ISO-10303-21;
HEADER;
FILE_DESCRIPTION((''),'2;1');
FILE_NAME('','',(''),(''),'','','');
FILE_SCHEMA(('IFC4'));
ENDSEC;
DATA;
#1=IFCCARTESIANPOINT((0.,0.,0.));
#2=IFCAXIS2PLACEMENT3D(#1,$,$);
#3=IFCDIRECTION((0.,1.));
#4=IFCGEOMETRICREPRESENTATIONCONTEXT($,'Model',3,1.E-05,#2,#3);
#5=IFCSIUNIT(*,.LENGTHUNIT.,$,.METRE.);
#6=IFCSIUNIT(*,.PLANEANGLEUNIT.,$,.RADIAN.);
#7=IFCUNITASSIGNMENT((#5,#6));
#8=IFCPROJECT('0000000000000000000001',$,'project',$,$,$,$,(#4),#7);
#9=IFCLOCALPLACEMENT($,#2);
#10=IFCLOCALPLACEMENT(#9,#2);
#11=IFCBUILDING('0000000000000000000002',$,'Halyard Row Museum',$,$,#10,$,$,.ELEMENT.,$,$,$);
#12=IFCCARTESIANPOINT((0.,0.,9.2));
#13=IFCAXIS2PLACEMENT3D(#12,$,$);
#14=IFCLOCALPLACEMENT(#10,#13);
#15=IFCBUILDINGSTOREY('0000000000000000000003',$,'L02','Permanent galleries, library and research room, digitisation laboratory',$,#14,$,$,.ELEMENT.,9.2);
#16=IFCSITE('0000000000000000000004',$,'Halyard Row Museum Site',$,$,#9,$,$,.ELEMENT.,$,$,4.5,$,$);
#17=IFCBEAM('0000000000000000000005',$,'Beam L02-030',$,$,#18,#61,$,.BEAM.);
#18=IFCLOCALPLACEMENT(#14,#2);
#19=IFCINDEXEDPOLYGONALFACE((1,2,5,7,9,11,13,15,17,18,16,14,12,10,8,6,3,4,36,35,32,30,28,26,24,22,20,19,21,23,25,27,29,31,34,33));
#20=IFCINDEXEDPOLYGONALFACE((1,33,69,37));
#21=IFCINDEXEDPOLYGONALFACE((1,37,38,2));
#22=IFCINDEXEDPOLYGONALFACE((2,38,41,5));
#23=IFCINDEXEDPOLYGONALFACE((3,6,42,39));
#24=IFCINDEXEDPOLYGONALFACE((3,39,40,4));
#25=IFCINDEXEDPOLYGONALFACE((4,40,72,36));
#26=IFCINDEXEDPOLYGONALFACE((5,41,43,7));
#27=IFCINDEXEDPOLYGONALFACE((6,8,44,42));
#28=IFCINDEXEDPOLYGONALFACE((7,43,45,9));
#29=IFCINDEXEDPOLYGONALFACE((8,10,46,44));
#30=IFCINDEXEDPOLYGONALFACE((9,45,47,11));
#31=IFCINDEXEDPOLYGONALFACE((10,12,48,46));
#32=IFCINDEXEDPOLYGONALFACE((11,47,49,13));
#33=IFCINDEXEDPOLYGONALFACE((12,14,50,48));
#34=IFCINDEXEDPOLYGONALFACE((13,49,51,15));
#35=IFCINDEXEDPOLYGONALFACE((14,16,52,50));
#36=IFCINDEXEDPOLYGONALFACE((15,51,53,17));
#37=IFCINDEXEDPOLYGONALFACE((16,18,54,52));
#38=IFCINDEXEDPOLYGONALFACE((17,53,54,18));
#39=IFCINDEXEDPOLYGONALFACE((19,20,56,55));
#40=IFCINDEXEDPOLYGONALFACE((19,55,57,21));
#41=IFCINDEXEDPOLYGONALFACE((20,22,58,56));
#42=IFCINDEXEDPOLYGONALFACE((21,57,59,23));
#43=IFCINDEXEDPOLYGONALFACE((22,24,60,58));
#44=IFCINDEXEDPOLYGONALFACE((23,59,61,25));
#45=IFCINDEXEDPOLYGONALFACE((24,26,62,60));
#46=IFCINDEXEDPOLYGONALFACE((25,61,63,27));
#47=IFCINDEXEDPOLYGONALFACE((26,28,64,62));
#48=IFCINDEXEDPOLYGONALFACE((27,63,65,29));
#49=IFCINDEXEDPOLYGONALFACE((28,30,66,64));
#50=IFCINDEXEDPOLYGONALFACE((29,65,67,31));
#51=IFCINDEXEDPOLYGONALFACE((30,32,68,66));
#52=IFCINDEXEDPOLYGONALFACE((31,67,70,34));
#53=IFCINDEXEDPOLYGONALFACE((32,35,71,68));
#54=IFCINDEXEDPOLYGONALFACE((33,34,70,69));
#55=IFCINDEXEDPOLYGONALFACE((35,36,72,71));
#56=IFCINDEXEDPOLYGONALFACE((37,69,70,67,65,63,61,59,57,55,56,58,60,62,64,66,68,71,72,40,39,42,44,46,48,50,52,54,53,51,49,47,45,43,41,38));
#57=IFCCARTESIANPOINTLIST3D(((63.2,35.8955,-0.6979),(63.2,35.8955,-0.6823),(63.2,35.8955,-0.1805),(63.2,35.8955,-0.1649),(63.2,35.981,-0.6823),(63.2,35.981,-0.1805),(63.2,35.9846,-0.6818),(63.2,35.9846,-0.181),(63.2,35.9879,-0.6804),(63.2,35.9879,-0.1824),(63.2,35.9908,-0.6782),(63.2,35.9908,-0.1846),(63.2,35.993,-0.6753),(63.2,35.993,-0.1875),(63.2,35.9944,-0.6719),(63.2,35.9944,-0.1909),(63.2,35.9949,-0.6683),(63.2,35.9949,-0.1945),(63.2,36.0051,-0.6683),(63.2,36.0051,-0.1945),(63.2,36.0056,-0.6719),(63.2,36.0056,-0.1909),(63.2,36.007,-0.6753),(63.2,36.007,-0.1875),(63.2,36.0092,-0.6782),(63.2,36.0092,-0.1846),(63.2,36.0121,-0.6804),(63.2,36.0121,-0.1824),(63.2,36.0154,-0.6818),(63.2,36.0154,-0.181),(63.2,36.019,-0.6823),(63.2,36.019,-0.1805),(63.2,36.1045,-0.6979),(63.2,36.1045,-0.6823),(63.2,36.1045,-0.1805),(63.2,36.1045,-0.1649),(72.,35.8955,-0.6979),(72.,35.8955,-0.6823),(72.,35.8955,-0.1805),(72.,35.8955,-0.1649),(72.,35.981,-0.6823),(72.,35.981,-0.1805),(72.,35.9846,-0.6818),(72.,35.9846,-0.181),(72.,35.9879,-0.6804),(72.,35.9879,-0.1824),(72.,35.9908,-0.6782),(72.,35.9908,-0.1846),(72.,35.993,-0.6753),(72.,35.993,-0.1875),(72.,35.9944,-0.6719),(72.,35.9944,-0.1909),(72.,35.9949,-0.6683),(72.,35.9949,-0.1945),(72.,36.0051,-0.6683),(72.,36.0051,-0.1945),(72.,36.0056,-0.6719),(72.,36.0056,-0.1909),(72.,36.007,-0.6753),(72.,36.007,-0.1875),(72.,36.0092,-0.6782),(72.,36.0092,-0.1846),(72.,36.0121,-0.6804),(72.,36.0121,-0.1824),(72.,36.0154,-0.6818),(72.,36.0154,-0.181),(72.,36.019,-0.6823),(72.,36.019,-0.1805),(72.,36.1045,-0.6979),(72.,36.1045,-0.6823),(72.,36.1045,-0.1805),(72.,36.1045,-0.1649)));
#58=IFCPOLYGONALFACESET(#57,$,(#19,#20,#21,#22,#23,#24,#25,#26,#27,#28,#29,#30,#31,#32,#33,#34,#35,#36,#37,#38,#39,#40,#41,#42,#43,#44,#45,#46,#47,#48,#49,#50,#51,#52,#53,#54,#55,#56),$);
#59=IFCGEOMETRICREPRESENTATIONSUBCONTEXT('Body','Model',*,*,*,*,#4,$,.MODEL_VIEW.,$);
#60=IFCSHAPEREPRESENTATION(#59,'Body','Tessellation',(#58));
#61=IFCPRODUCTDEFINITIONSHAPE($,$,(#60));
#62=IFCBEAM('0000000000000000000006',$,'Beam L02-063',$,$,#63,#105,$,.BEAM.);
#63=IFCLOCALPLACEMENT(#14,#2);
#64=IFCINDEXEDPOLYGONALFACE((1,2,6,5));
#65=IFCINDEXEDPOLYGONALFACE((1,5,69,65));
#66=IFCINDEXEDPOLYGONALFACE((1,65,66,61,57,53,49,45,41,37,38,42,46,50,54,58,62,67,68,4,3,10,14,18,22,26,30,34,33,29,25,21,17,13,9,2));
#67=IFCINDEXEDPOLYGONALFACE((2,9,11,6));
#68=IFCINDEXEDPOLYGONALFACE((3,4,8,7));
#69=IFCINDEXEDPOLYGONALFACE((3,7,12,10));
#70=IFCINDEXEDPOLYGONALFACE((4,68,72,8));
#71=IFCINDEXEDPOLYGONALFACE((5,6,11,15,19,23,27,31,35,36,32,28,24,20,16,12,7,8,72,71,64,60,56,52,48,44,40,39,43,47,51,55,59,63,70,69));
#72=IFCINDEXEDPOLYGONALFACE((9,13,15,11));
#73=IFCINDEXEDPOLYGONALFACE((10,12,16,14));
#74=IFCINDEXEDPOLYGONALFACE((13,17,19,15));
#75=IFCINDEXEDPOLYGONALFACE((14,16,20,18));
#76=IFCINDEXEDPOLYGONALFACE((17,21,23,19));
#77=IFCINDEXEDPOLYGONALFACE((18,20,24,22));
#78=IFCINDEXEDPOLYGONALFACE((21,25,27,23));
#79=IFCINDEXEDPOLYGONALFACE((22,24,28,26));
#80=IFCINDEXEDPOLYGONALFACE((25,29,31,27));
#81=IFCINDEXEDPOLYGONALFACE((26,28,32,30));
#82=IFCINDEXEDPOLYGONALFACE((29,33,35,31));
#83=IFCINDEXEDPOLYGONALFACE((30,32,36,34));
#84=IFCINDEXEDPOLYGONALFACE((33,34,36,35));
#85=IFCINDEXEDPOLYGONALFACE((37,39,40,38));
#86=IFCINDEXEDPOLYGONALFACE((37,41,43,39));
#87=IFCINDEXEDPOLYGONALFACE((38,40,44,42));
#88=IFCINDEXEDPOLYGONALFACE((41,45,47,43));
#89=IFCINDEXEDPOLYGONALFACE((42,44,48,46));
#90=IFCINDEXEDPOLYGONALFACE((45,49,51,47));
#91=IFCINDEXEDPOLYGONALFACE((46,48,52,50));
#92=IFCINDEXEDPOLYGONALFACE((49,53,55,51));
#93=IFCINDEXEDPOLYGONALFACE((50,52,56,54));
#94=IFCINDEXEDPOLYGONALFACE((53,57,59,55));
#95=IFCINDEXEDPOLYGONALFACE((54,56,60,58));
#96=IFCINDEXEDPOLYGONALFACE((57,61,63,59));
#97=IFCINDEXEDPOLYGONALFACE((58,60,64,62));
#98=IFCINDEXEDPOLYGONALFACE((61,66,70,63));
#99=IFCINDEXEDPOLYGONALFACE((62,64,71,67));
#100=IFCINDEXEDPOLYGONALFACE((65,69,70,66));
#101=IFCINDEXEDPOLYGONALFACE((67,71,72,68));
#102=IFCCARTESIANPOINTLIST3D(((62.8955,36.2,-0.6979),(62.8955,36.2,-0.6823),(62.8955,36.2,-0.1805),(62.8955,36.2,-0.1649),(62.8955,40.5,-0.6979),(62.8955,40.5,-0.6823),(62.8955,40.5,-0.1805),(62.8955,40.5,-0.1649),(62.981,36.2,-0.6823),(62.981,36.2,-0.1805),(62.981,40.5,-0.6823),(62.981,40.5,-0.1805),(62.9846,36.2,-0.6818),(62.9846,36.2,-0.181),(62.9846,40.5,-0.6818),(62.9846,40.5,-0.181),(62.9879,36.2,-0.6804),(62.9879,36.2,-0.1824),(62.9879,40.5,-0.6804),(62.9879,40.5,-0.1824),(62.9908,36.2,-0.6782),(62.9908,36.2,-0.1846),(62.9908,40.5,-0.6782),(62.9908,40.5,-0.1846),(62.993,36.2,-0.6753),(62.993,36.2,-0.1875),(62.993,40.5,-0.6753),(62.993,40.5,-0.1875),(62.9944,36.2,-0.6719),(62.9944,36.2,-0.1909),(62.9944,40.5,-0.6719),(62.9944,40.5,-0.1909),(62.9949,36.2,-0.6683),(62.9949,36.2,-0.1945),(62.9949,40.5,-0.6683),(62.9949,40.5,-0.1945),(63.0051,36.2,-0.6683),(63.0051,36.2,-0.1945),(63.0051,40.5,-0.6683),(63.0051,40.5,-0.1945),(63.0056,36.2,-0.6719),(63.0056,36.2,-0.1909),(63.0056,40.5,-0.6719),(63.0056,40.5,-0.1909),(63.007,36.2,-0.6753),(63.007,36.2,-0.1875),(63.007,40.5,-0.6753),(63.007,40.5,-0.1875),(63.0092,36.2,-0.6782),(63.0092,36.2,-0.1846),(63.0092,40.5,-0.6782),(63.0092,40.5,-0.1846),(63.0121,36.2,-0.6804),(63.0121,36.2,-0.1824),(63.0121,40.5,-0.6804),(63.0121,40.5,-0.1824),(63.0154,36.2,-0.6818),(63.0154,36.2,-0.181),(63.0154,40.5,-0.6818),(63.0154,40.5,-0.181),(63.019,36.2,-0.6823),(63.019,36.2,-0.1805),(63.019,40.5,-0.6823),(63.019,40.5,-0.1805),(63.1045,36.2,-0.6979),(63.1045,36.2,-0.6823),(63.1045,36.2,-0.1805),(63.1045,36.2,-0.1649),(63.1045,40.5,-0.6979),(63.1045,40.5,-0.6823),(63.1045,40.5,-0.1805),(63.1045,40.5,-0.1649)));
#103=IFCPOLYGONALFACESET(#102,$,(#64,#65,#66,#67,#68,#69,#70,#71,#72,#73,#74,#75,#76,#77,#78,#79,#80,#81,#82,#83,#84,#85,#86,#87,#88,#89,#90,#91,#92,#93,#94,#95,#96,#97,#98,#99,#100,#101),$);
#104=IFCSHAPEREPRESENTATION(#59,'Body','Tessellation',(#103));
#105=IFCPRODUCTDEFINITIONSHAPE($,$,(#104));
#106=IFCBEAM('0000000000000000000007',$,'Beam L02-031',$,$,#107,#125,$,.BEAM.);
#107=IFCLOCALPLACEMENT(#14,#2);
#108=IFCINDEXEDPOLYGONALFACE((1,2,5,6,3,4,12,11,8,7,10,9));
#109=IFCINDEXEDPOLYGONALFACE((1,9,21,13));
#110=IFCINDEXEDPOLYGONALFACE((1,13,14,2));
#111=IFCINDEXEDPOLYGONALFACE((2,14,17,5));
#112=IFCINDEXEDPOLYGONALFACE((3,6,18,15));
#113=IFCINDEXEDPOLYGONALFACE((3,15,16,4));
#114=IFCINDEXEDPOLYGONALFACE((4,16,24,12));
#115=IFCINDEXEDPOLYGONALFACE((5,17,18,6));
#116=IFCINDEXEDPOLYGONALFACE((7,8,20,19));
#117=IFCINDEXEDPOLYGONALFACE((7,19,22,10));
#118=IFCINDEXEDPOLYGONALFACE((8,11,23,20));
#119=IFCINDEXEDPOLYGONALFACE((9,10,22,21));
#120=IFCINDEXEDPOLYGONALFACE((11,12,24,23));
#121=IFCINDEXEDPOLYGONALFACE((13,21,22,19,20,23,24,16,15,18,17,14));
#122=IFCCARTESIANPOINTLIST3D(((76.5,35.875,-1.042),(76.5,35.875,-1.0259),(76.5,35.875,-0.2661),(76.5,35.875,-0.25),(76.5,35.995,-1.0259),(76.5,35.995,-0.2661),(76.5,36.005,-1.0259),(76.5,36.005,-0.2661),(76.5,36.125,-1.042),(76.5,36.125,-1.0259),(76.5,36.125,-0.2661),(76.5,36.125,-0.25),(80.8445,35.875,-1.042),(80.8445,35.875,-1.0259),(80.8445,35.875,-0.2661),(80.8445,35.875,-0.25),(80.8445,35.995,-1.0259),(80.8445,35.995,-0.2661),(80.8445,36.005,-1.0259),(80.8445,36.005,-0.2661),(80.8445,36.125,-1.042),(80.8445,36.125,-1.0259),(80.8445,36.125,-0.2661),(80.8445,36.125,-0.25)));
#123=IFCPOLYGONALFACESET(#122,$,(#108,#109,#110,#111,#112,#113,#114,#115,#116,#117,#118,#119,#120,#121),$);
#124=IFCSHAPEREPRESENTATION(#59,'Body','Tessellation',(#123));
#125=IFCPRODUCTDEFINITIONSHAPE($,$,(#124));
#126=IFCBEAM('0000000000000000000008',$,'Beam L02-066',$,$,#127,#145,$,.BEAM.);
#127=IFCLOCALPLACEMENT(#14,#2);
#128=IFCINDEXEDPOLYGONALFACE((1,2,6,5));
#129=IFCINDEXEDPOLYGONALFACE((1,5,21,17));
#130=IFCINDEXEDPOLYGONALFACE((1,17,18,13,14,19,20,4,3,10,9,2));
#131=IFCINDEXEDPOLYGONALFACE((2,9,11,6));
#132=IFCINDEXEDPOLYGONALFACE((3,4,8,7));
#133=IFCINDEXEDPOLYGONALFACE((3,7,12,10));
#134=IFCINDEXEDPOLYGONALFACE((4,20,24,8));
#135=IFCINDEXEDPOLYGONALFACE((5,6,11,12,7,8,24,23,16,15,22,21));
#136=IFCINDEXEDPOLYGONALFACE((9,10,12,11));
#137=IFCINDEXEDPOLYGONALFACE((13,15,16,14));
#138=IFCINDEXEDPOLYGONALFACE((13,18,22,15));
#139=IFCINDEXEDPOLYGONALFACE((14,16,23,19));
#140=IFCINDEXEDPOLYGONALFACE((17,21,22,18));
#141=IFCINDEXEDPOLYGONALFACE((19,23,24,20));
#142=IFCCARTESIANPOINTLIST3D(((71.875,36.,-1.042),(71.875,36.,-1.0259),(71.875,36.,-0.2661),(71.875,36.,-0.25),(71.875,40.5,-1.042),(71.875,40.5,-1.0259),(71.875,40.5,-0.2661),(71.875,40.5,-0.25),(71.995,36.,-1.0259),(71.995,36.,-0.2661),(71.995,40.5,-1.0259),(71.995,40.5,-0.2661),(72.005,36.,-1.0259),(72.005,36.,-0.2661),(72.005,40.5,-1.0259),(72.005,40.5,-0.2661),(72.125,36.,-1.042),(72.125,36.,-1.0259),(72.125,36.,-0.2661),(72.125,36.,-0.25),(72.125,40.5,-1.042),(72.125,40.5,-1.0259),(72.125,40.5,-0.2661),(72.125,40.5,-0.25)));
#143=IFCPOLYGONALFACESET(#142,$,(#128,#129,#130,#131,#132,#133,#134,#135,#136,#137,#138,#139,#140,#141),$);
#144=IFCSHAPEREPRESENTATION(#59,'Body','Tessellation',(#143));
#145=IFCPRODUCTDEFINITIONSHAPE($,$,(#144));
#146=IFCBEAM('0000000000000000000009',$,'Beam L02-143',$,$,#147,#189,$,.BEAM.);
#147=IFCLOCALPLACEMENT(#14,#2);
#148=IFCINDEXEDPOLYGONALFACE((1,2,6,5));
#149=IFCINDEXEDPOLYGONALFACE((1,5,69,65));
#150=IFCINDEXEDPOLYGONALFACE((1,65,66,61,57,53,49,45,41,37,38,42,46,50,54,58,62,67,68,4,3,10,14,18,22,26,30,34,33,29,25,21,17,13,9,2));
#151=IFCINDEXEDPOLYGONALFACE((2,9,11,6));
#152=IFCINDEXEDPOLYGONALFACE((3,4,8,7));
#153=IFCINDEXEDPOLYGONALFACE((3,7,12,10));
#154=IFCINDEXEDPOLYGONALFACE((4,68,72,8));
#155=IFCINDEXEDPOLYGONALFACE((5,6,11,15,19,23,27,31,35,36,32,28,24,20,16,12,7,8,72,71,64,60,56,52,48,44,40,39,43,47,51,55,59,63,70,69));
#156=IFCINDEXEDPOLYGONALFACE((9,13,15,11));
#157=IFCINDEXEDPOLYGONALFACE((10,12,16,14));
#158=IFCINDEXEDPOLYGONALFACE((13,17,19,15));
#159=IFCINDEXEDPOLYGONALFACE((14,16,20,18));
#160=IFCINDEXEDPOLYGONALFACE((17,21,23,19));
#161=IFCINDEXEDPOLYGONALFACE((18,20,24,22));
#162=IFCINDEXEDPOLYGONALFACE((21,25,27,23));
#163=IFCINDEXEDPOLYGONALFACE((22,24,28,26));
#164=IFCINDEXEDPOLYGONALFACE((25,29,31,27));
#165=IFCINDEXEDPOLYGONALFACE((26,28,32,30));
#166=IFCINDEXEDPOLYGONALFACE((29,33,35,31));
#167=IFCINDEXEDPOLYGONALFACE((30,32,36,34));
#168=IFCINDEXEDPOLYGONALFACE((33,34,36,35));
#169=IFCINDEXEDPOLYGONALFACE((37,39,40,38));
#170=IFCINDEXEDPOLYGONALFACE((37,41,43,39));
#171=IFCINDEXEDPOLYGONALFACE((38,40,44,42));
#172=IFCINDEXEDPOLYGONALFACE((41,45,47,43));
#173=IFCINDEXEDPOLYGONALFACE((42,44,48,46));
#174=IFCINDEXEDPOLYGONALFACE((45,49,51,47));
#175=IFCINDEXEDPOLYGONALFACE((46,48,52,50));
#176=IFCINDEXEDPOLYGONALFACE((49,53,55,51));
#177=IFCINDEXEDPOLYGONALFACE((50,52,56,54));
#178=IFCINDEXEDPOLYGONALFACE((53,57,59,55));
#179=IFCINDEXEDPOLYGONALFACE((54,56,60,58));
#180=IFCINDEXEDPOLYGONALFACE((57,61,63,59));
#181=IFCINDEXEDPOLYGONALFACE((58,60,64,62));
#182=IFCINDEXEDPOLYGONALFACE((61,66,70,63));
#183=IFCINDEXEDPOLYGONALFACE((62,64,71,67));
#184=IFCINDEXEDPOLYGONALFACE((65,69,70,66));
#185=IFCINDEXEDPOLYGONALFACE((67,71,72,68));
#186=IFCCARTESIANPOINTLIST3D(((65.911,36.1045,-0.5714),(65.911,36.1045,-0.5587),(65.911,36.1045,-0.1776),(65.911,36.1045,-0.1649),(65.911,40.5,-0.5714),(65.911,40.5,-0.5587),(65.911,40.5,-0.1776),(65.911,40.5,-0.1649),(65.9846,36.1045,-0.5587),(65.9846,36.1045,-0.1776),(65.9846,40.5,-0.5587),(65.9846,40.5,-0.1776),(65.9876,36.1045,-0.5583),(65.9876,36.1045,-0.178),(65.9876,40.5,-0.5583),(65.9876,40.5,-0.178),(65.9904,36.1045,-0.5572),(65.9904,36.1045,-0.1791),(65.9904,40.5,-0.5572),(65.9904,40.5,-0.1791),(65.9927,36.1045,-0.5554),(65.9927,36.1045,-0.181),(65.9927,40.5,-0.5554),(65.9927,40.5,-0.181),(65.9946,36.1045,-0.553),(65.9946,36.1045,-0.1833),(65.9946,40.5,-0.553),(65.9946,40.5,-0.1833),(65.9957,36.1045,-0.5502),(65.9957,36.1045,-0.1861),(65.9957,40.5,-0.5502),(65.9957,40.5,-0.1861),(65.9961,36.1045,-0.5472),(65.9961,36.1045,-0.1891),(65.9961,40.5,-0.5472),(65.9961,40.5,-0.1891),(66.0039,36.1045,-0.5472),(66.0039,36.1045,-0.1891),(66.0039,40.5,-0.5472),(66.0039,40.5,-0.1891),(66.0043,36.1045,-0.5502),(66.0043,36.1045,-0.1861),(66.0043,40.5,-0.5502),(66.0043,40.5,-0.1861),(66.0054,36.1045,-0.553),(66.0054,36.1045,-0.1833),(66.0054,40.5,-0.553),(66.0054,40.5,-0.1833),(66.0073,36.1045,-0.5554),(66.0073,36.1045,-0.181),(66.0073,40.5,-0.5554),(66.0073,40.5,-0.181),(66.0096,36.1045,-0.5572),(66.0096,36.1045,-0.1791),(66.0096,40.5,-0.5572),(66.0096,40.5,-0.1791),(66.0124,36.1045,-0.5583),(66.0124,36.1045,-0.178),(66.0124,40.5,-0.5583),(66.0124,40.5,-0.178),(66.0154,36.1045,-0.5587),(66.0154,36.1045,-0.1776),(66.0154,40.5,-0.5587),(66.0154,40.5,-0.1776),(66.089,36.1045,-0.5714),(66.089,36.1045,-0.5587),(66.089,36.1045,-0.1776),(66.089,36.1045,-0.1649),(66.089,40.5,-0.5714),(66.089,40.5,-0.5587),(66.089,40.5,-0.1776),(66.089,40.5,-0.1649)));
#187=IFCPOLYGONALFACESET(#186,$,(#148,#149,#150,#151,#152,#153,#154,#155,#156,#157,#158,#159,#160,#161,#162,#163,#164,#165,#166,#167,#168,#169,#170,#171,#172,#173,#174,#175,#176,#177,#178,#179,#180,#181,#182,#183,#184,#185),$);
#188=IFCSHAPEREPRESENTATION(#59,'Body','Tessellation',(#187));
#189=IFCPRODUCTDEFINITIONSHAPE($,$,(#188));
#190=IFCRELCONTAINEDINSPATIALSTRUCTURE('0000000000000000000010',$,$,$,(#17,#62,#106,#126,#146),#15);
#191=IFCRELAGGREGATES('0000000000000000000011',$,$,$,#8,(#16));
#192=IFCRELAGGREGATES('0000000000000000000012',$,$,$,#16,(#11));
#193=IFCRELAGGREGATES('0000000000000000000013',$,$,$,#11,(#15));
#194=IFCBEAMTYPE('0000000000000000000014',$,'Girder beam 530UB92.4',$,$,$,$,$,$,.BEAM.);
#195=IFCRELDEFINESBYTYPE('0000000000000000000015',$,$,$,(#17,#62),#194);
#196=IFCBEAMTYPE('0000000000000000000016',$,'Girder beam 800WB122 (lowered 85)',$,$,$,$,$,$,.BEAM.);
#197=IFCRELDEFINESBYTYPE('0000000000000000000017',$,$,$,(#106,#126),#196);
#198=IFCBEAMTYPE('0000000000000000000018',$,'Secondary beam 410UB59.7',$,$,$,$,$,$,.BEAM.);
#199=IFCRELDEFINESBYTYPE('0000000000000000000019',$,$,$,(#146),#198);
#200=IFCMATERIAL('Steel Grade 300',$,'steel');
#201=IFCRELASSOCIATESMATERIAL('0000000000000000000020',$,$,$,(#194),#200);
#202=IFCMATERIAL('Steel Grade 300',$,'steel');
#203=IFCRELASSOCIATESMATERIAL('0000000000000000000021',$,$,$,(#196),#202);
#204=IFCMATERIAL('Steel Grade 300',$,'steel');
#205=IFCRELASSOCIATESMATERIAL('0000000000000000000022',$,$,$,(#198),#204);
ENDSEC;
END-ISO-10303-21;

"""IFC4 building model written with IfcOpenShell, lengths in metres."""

from ifc_helpers import new_model, si_unit, direction, frame, origin, origin_2d, place, context, subcontext, project, spatial, i_section, extrude, material, material_profile, profile_set, type_object, element, save


model = new_model("IFC4")

# Units and contexts
model_context = context("Model", 3, precision=1e-05, world=origin(), true_north=direction((0.0, 1.0)))
body_context = subcontext(model_context, "Body", "Model", "MODEL_VIEW")
ifc_project = project(units=[si_unit("LENGTHUNIT", "METRE"), si_unit("PLANEANGLEUNIT", "RADIAN")], contexts=[model_context])

# Site, building, storey
site_placement = place(None, origin())
site = spatial("IfcSite", under=ifc_project, at=site_placement, Name="Halyard Row Museum Site", CompositionType="ELEMENT", RefElevation=4.5)
building_placement = place(site_placement, origin())
building = spatial("IfcBuilding", under=site, at=building_placement, Name="Halyard Row Museum", CompositionType="ELEMENT")
storey_placement = place(building_placement, frame((0.0, 0.0, 9.2)))
storey = spatial("IfcBuildingStorey", under=building, at=storey_placement, Name="L02", Description="Permanent galleries, library and research room, digitisation laboratory", CompositionType="ELEMENT", Elevation=9.2)

# Beams
ifc_material_1 = material(Name="Steel Grade 300", Category="steel")
ifc_material_profile_1 = material_profile(ifc_material_1, i_section(OverallWidth=0.209, OverallDepth=0.533, WebThickness=0.0103, FlangeThickness=0.0156, FilletRadius=0.0139, at=origin_2d()), Name="530UB92.4")
ifc_profile_set_1 = profile_set([ifc_material_profile_1], Name="Steel Grade 300")
beam_type_1 = type_object("IfcBeamType", Name="Girder beam 530UB92.4", PredefinedType="BEAM", material=ifc_profile_set_1)
beam_1_placement = place(storey_placement, frame((63.2, 36.0, -0.4314), z_axis=(1.0, 0.0, 0.0), x_axis=(0.0, 1.0, 0.0)))
element("IfcBeam", 1, at=beam_1_placement, inside=storey, type_object=beam_type_1, Name="Beam L02-030", PredefinedType="BEAM", context=body_context, shape_type="SweptSolid", body=[
    extrude(i_section(OverallWidth=0.209, OverallDepth=0.533, WebThickness=0.0103, FlangeThickness=0.0156, FilletRadius=0.0139, at=origin_2d()), origin(), (0.0, 0.0, 1.0), 8.8),
])
beam_2_placement = place(storey_placement, frame((63.0, 36.2, -0.4314), z_axis=(0.0, 1.0, 0.0), x_axis=(-1.0, 0.0, 0.0)))
element("IfcBeam", 2, at=beam_2_placement, inside=storey, type_object=beam_type_1, Name="Beam L02-063", PredefinedType="BEAM", context=body_context, shape_type="SweptSolid", body=[
    extrude(i_section(OverallWidth=0.209, OverallDepth=0.533, WebThickness=0.0103, FlangeThickness=0.0156, FilletRadius=0.0139, at=origin_2d()), origin(), (0.0, 0.0, 1.0), 4.3),
])
ifc_material_2 = material(Name="Steel Grade 300", Category="steel")
ifc_material_profile_2 = material_profile(ifc_material_2, i_section(OverallWidth=0.25, OverallDepth=0.792, WebThickness=0.01, FlangeThickness=0.0161, at=origin_2d()), Name="800WB122")
ifc_profile_set_2 = profile_set([ifc_material_profile_2], Name="Steel Grade 300")
beam_type_2 = type_object("IfcBeamType", Name="Girder beam 800WB122 (lowered 85)", PredefinedType="BEAM", material=ifc_profile_set_2)
beam_3_placement = place(storey_placement, frame((76.5, 36.0, -0.646), z_axis=(1.0, 0.0, 0.0), x_axis=(0.0, 1.0, 0.0)))
element("IfcBeam", 3, at=beam_3_placement, inside=storey, type_object=beam_type_2, Name="Beam L02-031", PredefinedType="BEAM", context=body_context, shape_type="SweptSolid", body=[
    extrude(i_section(OverallWidth=0.25, OverallDepth=0.792, WebThickness=0.01, FlangeThickness=0.0161, at=origin_2d()), origin(), (0.0, 0.0, 1.0), 4.3445),
])
beam_4_placement = place(storey_placement, frame((72.0, 36.0, -0.646), z_axis=(0.0, 1.0, 0.0), x_axis=(-1.0, 0.0, 0.0)))
element("IfcBeam", 4, at=beam_4_placement, inside=storey, type_object=beam_type_2, Name="Beam L02-066", PredefinedType="BEAM", context=body_context, shape_type="SweptSolid", body=[
    extrude(i_section(OverallWidth=0.25, OverallDepth=0.792, WebThickness=0.01, FlangeThickness=0.0161, at=origin_2d()), origin(), (0.0, 0.0, 1.0), 4.5),
])
ifc_material_3 = material(Name="Steel Grade 300", Category="steel")
ifc_material_profile_3 = material_profile(ifc_material_3, i_section(OverallWidth=0.178, OverallDepth=0.4065, WebThickness=0.0078, FlangeThickness=0.0127, FilletRadius=0.0115, at=origin_2d()), Name="410UB59.7")
ifc_profile_set_3 = profile_set([ifc_material_profile_3], Name="Steel Grade 300")
beam_type_3 = type_object("IfcBeamType", Name="Secondary beam 410UB59.7", PredefinedType="BEAM", material=ifc_profile_set_3)
for number, where, z_axis, x_axis, name in (
    (5, (66.0, 36.1045, -0.3682), (0.0, 1.0, 0.0), (-1.0, 0.0, 0.0), "Beam L02-143"),
):
    element("IfcBeam", number, at=place(storey_placement, frame(where, z_axis=z_axis, x_axis=x_axis)), inside=storey, type_object=beam_type_3, Name=name, PredefinedType="BEAM", context=body_context, shape_type="SweptSolid", body=[
        extrude(i_section(OverallWidth=0.178, OverallDepth=0.4065, WebThickness=0.0078, FlangeThickness=0.0127, FilletRadius=0.0115, at=origin_2d()), origin(), (0.0, 0.0, 1.0), 4.3955),
    ])

save(model, "model.ifc")
